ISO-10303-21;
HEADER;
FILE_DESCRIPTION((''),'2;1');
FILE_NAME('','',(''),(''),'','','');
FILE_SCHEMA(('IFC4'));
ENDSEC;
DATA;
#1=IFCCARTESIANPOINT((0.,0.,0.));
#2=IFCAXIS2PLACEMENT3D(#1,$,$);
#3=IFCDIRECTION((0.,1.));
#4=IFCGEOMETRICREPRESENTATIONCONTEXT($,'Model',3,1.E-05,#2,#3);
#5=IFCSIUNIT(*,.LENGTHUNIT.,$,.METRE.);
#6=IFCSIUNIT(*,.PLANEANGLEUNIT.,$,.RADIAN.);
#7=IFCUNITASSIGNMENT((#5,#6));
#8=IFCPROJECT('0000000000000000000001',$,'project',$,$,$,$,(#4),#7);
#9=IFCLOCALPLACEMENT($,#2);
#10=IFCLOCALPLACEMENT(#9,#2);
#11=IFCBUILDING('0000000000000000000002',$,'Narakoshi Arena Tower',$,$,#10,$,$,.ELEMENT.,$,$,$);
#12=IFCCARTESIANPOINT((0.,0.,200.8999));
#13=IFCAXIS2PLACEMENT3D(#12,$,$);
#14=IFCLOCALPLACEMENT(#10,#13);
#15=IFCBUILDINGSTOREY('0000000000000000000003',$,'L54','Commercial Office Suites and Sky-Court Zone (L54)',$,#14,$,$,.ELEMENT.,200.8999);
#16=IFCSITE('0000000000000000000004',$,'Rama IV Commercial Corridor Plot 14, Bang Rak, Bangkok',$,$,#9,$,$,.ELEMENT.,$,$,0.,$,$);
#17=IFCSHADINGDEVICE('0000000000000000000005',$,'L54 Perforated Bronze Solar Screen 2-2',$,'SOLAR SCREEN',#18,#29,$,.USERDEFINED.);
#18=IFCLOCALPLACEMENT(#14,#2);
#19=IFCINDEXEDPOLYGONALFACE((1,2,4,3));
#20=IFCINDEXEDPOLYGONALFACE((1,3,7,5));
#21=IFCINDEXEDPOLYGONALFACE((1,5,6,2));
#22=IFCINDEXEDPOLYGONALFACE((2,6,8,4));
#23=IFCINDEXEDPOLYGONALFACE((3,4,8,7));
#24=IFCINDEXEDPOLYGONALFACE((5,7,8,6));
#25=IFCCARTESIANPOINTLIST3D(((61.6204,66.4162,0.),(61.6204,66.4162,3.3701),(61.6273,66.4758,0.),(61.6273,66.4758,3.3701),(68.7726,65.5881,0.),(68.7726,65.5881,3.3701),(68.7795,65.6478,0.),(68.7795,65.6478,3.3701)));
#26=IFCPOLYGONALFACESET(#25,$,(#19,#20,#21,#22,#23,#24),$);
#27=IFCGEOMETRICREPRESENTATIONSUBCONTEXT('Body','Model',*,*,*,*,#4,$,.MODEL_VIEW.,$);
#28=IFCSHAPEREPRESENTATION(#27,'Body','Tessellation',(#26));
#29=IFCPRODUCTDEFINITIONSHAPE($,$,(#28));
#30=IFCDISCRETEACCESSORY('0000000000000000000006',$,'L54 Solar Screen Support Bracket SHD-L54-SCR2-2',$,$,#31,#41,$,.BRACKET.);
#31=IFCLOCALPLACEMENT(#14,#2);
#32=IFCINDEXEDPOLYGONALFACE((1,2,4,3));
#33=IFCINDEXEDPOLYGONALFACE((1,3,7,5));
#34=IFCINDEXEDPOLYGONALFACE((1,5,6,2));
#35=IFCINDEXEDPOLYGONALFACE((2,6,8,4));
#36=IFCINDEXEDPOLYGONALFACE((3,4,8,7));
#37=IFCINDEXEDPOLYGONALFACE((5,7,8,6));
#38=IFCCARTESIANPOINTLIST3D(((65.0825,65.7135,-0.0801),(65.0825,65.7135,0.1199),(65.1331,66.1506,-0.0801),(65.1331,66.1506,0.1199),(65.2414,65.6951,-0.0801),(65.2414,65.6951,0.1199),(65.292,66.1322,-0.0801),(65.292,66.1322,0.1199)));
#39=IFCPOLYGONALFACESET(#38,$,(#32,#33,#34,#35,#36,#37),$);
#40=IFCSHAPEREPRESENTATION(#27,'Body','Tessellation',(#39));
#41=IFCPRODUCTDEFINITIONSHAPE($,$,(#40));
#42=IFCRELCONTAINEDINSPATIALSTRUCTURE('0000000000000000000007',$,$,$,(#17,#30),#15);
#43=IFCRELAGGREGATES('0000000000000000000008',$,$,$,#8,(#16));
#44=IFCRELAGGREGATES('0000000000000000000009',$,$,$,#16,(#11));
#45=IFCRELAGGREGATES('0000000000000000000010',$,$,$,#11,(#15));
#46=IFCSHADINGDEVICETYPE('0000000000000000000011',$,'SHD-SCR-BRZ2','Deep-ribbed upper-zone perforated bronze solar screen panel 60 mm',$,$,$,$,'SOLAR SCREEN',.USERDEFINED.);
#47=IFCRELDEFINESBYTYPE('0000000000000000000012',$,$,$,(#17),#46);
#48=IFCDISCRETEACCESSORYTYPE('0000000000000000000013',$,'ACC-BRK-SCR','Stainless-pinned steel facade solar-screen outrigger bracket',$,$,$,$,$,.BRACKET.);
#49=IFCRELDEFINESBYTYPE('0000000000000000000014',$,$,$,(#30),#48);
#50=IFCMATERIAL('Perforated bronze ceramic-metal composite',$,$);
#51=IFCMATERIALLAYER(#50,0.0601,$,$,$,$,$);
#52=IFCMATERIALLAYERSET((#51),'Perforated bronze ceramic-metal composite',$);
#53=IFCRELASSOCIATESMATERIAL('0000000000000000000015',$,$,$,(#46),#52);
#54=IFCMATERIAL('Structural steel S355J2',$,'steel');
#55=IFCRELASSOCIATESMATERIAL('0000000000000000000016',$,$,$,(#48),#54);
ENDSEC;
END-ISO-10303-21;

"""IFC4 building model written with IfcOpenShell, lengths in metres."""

from ifc_helpers import new_model, si_unit, direction, frame, origin, origin_2d, place, context, subcontext, project, spatial, rectangle, extrude, material, layer, layer_set, type_object, element, save


model = new_model("IFC4")

# Units and contexts
model_context = context("Model", 3, precision=1e-05, world=origin(), true_north=direction((0.0, 1.0)))
body_context = subcontext(model_context, "Body", "Model", "MODEL_VIEW")
ifc_project = project(units=[si_unit("LENGTHUNIT", "METRE"), si_unit("PLANEANGLEUNIT", "RADIAN")], contexts=[model_context])

# Site, building, storey
site_placement = place(None, origin())
site = spatial("IfcSite", under=ifc_project, at=site_placement, Name="Rama IV Commercial Corridor Plot 14, Bang Rak, Bangkok", CompositionType="ELEMENT", RefElevation=0.0)
building_placement = place(site_placement, origin())
building = spatial("IfcBuilding", under=site, at=building_placement, Name="Narakoshi Arena Tower", CompositionType="ELEMENT")
storey_placement = place(building_placement, frame((0.0, 0.0, 200.8999)))
storey = spatial("IfcBuildingStorey", under=building, at=storey_placement, Name="L54", Description="Commercial Office Suites and Sky-Court Zone (L54)", CompositionType="ELEMENT", Elevation=200.8999)

# Shared definitions
ifc_material_1 = material(Name="Structural steel S355J2", Category="steel")

# Shading device
ifc_material_2 = material(Name="Perforated bronze ceramic-metal composite")
ifc_layer_1 = layer(ifc_material_2, 0.0601)
ifc_layer_set_1 = layer_set([ifc_layer_1], Name="Perforated bronze ceramic-metal composite")
shading_device_type = type_object("IfcShadingDeviceType", Name="SHD-SCR-BRZ2", Description="Deep-ribbed upper-zone perforated bronze solar screen panel 60 mm", ElementType="SOLAR SCREEN", PredefinedType="USERDEFINED", material=ifc_layer_set_1)
shading_device_placement = place(storey_placement, frame((65.2, 66.032, 0.0), z_axis=(0.0, 0.0, 1.0), x_axis=(-0.993365, 0.115007, 0.0)))
element("IfcShadingDevice", 1, at=shading_device_placement, inside=storey, type_object=shading_device_type, Name="L54 Perforated Bronze Solar Screen 2-2", ObjectType="SOLAR SCREEN", PredefinedType="USERDEFINED", context=body_context, shape_type="SweptSolid", body=[
    extrude(rectangle(XDim=7.2, YDim=0.0601, at=origin_2d()), origin(), (0.0, 0.0, 1.0), 3.3701),
])

# Discrete accessory
discrete_accessory_type = type_object("IfcDiscreteAccessoryType", Name="ACC-BRK-SCR", Description="Stainless-pinned steel facade solar-screen outrigger bracket", PredefinedType="BRACKET", material=ifc_material_1)
discrete_accessory_placement = place(storey_placement, frame((65.1873, 65.9229, -0.0801), z_axis=(0.0, 0.0, 1.0), x_axis=(-0.993365, 0.115007, 0.0)))
element("IfcDiscreteAccessory", 2, at=discrete_accessory_placement, inside=storey, type_object=discrete_accessory_type, Name="L54 Solar Screen Support Bracket SHD-L54-SCR2-2", PredefinedType="BRACKET", context=body_context, shape_type="SweptSolid", body=[
    extrude(rectangle(XDim=0.1599, YDim=0.4399, at=origin_2d()), origin(), (0.0, 0.0, 1.0), 0.2),
])

save(model, "model.ifc")
